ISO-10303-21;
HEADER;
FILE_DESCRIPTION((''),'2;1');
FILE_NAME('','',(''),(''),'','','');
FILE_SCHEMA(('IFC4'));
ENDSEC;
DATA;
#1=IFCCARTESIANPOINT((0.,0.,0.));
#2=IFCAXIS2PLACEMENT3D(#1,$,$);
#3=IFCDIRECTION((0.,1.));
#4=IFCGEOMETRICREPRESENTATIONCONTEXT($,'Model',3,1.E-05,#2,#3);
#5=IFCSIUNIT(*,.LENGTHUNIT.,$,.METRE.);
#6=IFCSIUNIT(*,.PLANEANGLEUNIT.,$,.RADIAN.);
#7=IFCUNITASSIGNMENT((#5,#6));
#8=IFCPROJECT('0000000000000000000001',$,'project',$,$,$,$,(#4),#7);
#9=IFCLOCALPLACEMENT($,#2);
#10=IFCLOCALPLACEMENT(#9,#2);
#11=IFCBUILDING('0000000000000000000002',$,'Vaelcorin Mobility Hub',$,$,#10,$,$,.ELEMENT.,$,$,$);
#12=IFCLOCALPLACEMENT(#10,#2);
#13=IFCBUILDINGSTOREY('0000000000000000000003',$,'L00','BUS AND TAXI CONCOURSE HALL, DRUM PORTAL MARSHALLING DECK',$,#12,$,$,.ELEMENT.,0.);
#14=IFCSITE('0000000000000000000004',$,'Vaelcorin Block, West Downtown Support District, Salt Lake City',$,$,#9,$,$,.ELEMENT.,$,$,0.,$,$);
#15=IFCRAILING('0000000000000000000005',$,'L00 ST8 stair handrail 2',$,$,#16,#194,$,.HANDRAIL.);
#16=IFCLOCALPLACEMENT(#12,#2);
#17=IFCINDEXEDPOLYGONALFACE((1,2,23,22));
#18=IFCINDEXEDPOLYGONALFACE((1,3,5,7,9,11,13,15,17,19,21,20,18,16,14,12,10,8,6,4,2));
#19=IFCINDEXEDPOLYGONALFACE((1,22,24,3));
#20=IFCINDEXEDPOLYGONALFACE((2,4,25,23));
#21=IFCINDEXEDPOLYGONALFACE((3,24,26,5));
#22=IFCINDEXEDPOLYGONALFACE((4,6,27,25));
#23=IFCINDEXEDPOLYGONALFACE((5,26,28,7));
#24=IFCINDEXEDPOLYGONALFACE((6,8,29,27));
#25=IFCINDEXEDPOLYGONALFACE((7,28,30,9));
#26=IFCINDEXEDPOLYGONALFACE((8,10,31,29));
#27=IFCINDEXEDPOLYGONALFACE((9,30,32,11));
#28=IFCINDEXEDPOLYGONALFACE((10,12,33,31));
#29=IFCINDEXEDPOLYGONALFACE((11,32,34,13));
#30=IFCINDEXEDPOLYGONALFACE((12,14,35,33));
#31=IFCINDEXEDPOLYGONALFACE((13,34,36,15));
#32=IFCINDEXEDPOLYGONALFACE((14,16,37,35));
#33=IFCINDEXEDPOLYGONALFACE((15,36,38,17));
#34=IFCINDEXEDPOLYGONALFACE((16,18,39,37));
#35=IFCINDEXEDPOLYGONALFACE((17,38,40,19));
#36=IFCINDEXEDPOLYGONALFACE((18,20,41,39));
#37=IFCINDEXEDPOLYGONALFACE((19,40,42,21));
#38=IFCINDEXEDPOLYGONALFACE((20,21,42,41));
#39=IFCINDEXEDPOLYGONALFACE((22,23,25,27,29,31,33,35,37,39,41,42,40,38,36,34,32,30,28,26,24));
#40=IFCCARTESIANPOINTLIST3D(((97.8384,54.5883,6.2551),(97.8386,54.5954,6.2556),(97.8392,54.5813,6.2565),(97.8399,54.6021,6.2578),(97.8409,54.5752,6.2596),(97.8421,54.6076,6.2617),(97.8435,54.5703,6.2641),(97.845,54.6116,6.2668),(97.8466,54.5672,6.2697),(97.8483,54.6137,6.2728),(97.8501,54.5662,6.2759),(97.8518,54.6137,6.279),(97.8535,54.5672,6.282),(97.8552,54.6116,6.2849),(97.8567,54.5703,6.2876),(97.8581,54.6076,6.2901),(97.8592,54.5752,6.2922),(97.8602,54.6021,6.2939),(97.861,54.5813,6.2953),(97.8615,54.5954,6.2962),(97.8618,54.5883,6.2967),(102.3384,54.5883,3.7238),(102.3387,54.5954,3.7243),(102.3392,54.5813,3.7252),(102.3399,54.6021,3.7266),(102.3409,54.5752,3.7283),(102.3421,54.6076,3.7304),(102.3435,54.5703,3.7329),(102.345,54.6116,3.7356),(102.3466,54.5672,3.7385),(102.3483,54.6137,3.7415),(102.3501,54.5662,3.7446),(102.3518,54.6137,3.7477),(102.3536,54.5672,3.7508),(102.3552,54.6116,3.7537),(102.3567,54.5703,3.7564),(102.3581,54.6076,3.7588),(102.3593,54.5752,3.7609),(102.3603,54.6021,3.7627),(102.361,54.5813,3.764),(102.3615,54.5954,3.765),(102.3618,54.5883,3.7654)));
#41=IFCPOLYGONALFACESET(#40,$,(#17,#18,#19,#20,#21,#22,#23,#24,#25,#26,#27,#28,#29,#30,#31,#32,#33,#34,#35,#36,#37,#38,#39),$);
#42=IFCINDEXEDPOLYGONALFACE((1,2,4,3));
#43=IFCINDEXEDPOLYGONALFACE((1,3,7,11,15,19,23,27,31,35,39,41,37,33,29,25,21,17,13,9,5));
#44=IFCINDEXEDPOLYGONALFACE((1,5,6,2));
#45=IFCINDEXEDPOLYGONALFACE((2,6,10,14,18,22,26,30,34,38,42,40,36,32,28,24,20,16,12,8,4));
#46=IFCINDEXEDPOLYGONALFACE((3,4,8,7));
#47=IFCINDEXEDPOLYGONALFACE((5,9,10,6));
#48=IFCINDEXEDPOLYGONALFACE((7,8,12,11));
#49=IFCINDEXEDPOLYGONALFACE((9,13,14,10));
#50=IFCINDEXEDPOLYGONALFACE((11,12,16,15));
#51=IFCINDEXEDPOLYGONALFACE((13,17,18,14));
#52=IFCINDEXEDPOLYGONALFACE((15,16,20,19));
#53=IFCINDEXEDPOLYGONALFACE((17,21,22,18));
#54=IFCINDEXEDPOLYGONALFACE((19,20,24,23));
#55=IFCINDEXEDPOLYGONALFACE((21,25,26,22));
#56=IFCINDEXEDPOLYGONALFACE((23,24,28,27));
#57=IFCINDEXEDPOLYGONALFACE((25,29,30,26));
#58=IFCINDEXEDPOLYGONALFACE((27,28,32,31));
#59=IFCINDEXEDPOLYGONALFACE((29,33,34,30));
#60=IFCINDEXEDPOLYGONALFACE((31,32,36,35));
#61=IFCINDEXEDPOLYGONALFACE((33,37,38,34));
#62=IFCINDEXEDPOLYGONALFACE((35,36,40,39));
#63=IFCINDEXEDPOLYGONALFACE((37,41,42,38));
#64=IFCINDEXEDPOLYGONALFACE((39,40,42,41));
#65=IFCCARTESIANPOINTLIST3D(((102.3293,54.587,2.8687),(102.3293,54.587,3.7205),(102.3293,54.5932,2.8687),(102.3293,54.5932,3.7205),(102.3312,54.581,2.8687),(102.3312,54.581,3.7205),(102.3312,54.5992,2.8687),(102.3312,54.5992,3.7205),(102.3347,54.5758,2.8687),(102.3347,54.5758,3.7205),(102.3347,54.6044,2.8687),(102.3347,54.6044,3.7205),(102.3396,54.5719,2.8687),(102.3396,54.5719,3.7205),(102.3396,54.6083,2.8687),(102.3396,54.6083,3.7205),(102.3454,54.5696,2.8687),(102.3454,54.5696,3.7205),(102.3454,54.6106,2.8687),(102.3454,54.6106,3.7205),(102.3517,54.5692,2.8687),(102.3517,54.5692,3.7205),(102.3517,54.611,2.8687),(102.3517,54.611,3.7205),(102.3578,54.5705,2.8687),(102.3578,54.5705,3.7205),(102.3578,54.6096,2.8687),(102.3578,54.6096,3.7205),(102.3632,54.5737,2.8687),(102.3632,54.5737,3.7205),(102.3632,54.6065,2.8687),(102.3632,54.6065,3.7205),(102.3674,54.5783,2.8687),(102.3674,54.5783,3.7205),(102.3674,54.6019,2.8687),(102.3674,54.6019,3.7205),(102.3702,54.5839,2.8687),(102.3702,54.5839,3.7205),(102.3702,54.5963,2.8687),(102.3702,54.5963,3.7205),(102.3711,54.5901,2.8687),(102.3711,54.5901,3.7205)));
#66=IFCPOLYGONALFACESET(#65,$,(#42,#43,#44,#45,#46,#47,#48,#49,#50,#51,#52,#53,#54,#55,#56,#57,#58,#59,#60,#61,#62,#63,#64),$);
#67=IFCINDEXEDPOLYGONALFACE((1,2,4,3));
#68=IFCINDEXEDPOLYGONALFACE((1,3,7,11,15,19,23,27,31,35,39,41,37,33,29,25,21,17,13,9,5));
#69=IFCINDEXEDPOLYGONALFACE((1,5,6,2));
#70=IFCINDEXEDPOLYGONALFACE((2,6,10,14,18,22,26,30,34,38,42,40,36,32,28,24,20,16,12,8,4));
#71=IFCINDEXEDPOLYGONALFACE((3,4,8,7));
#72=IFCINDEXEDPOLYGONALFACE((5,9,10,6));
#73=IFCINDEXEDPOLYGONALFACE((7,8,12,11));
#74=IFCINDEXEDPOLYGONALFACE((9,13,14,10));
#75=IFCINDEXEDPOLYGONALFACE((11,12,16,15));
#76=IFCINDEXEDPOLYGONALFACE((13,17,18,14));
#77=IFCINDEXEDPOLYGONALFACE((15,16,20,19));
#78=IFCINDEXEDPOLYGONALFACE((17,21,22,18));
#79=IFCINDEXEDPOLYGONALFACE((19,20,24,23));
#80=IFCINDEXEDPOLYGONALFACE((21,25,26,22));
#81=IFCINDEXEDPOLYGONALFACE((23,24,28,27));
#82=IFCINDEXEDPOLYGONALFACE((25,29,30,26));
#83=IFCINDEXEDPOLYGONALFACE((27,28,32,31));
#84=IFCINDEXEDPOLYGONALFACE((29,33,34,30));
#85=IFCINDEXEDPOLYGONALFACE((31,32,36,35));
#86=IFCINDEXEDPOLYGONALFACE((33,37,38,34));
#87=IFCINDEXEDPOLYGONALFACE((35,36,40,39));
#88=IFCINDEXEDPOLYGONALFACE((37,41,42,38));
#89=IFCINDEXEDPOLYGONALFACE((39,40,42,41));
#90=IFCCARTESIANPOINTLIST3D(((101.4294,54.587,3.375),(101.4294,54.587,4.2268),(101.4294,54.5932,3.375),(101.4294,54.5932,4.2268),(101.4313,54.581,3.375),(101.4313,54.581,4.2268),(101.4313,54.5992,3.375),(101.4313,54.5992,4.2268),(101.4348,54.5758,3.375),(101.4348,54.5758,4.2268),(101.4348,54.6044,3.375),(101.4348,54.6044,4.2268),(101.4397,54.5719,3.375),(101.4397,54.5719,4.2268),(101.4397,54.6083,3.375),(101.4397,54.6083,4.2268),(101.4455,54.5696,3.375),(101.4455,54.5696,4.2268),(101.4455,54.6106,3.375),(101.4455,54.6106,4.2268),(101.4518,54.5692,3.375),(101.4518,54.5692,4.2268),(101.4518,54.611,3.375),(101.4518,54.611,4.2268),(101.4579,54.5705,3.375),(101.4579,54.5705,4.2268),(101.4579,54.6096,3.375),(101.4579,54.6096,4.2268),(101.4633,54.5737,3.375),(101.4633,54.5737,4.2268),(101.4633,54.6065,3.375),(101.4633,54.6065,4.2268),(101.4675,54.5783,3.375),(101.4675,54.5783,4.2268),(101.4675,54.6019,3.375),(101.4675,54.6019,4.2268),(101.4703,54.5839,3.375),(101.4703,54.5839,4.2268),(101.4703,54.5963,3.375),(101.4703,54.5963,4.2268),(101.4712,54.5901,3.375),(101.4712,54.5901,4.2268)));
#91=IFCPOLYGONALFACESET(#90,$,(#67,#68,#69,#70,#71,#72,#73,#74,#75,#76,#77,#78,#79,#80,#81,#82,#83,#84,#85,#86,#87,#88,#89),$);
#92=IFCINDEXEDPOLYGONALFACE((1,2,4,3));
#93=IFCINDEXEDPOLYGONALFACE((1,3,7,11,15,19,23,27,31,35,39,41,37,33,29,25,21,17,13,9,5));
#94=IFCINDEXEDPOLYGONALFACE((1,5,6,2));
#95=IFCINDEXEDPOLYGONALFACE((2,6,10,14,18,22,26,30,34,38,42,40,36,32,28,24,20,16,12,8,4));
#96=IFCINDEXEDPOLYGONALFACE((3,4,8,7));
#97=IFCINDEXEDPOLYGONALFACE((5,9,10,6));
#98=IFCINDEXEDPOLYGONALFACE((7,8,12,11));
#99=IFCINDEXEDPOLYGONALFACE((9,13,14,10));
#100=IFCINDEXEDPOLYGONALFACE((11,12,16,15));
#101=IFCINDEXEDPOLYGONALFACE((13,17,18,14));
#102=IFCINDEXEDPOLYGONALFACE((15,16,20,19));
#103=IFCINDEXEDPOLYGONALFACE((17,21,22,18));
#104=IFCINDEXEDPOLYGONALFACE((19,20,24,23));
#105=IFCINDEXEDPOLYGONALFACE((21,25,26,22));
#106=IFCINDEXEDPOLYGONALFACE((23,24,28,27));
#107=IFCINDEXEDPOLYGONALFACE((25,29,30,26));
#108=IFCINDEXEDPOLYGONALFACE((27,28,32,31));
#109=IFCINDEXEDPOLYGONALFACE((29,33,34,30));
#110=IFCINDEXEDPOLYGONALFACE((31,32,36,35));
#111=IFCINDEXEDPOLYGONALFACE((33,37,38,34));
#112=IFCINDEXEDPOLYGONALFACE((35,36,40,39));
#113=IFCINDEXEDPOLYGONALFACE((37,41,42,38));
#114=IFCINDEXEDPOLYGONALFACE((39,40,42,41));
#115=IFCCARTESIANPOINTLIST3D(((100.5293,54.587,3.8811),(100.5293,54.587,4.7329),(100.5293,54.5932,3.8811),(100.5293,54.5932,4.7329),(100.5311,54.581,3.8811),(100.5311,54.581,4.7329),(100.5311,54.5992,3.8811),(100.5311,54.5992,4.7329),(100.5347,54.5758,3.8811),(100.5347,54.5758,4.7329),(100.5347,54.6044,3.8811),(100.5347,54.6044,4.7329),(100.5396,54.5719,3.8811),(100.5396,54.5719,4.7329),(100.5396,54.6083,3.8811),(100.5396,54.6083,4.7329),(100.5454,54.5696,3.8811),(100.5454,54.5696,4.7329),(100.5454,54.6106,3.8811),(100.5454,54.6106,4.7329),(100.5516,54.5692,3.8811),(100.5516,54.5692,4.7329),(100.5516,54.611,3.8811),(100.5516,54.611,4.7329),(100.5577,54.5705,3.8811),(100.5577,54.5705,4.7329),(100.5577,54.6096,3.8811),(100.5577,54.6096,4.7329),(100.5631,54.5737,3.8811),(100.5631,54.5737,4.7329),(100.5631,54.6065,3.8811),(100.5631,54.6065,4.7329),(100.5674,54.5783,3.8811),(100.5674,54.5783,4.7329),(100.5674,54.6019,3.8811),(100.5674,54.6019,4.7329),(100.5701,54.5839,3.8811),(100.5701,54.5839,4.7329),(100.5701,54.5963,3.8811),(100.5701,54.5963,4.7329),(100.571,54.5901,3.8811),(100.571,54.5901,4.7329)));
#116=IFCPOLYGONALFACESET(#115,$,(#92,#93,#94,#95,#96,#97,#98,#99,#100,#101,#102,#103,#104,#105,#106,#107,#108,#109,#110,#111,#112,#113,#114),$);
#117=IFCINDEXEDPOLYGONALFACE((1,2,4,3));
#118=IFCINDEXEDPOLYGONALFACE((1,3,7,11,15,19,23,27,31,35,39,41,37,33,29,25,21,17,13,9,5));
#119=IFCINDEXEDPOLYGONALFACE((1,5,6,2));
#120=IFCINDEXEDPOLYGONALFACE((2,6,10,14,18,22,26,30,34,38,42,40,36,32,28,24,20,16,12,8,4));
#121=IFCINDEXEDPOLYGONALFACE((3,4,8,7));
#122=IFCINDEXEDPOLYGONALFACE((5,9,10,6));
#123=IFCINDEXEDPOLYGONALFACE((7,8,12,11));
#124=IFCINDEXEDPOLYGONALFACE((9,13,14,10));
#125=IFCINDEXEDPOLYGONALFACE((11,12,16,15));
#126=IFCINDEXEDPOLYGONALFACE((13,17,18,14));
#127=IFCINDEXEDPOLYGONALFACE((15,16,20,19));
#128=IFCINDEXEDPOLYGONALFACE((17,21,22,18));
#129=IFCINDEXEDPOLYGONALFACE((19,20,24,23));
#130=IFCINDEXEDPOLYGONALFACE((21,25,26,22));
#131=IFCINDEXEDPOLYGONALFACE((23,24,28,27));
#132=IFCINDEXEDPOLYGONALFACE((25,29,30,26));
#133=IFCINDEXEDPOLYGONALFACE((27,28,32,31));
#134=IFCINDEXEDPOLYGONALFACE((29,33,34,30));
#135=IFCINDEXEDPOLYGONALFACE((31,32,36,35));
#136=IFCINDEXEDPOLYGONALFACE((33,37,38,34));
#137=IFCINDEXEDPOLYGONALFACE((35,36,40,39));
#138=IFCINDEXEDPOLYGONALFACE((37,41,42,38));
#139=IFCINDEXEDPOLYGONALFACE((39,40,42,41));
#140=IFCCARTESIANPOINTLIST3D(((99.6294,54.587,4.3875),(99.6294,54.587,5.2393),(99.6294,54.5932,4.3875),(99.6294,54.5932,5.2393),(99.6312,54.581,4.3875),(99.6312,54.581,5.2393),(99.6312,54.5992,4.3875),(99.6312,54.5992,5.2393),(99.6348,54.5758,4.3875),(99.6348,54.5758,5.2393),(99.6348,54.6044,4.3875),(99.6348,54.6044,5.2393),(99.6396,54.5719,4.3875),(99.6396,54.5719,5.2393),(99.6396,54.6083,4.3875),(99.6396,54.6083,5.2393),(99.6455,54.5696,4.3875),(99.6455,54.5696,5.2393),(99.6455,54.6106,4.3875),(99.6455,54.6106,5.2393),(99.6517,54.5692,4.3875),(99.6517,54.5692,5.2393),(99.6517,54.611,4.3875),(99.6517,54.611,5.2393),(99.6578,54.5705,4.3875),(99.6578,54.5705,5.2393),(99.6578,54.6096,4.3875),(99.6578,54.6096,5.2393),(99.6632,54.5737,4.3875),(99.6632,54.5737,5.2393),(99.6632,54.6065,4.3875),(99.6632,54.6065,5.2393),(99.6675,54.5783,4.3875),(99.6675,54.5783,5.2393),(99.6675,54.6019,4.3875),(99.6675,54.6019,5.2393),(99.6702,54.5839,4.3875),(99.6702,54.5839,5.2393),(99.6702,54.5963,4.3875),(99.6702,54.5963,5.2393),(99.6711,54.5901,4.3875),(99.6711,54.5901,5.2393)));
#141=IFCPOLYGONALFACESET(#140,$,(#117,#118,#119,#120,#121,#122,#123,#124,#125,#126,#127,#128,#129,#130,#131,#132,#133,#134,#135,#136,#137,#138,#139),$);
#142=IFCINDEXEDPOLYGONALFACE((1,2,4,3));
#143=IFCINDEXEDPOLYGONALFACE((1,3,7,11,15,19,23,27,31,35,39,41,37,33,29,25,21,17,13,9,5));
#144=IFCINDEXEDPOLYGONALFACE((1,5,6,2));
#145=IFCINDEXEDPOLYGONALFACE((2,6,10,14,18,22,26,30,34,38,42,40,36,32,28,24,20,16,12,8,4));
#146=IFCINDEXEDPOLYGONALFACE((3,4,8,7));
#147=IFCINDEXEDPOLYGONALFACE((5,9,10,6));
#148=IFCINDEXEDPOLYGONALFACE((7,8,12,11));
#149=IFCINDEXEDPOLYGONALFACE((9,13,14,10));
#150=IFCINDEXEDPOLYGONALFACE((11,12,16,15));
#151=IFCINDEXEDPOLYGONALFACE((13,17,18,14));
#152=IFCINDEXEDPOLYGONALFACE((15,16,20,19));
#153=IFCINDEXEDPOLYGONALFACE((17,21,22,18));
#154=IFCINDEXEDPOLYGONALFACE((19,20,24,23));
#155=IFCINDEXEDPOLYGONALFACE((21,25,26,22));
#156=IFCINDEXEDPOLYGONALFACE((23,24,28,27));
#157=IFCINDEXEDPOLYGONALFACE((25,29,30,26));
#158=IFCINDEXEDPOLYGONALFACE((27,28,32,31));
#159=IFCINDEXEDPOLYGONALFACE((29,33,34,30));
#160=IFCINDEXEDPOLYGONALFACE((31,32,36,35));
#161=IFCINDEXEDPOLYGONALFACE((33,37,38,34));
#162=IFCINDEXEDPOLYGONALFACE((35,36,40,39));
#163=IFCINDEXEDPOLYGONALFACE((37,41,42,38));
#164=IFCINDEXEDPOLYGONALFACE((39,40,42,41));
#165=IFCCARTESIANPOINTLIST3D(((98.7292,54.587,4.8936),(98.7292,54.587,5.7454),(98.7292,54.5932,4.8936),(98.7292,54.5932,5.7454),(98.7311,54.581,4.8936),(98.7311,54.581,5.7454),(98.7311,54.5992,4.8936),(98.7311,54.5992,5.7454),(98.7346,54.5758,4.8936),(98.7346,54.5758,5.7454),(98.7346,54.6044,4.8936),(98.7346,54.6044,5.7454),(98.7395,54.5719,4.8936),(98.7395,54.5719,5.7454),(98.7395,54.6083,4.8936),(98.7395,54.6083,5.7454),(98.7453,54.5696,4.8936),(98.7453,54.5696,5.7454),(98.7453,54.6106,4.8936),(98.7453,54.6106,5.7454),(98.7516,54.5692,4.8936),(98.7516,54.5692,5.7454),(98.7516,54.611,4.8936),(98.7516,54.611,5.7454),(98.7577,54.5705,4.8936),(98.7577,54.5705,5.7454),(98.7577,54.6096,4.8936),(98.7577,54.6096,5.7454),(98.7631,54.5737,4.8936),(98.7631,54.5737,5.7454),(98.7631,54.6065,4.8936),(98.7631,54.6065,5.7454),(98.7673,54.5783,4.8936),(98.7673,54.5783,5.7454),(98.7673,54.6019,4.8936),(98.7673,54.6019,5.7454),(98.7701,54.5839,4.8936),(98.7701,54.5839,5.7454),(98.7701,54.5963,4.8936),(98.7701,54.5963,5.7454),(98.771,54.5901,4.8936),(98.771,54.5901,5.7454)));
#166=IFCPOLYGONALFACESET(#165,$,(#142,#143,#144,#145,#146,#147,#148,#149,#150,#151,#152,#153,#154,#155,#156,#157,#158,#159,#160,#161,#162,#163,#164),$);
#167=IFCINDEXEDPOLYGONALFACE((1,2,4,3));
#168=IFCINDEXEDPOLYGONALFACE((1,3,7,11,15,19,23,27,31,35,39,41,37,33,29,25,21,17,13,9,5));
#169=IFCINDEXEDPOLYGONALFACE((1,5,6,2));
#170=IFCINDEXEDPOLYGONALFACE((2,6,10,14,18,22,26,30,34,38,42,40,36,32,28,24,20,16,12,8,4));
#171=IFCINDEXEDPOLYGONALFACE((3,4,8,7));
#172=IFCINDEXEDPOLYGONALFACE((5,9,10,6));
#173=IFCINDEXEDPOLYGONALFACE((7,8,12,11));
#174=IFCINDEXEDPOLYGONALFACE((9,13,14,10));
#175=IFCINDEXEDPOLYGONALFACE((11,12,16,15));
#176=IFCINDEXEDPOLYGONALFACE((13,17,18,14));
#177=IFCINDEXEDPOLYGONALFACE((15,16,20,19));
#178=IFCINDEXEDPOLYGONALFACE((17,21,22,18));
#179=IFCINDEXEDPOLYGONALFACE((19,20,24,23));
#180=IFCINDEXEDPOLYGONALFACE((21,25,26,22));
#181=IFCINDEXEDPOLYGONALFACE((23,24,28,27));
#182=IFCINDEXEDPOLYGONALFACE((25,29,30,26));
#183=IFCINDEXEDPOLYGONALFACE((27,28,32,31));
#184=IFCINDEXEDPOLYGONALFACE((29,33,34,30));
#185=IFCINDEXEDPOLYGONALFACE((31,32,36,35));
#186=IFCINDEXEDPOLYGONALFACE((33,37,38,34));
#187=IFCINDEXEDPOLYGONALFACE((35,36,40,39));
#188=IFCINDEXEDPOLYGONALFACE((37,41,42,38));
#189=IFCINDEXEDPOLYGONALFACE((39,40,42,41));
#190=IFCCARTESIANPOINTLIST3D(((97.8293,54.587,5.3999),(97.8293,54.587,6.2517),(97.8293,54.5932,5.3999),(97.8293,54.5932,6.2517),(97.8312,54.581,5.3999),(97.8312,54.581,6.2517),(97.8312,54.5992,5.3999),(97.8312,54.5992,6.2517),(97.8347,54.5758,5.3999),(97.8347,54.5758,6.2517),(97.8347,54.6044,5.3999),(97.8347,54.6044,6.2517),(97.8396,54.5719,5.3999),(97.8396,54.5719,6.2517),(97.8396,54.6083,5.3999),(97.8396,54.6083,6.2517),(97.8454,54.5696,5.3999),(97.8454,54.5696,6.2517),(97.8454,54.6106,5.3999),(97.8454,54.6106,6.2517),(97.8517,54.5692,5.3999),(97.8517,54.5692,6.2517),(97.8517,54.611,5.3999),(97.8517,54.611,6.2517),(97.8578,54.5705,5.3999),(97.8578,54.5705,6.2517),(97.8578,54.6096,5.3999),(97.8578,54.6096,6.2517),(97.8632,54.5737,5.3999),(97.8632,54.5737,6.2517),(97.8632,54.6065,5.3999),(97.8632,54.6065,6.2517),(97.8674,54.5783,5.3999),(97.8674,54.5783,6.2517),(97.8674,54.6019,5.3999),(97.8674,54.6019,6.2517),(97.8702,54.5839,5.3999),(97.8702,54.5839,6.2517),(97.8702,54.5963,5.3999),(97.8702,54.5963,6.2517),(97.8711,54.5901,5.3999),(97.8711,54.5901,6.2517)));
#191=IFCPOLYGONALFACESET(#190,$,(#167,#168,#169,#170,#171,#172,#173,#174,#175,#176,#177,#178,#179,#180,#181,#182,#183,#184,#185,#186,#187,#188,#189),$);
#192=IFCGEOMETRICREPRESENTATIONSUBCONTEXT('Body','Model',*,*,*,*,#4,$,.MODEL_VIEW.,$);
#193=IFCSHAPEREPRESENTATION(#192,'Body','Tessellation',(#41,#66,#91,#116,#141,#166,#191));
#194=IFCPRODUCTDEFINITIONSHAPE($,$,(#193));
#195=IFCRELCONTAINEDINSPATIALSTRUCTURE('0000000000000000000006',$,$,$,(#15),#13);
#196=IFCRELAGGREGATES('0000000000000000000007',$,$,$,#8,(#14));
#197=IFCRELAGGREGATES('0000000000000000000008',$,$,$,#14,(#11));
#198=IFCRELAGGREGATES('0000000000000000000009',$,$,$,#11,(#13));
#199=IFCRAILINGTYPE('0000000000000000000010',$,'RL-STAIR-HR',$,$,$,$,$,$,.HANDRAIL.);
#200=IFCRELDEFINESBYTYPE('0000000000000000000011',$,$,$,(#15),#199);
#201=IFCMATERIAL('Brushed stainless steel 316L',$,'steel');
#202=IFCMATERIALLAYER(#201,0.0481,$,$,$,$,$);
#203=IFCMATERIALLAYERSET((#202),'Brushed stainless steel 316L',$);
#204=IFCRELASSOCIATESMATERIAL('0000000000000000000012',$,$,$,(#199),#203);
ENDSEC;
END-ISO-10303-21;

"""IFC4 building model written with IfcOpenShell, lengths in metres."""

from ifc_helpers import new_model, si_unit, direction, frame, origin, origin_2d, place, context, subcontext, project, spatial, circle, extrude, material, layer, layer_set, type_object, element, save


model = new_model("IFC4")

# Units and contexts
model_context = context("Model", 3, precision=1e-05, world=origin(), true_north=direction((0.0, 1.0)))
body_context = subcontext(model_context, "Body", "Model", "MODEL_VIEW")
ifc_project = project(units=[si_unit("LENGTHUNIT", "METRE"), si_unit("PLANEANGLEUNIT", "RADIAN")], contexts=[model_context])

# Site, building, storey
site_placement = place(None, origin())
site = spatial("IfcSite", under=ifc_project, at=site_placement, Name="Vaelcorin Block, West Downtown Support District, Salt Lake City", CompositionType="ELEMENT", RefElevation=0.0)
building_placement = place(site_placement, origin())
building = spatial("IfcBuilding", under=site, at=building_placement, Name="Vaelcorin Mobility Hub", CompositionType="ELEMENT")
storey_placement = place(building_placement, origin())
storey = spatial("IfcBuildingStorey", under=building, at=storey_placement, Name="L00", Description="BUS AND TAXI CONCOURSE HALL, DRUM PORTAL MARSHALLING DECK", CompositionType="ELEMENT", Elevation=0.0)

# Railing
ifc_material_1 = material(Name="Brushed stainless steel 316L", Category="steel")
ifc_layer_1 = layer(ifc_material_1, 0.0481)
ifc_layer_set_1 = layer_set([ifc_layer_1], Name="Brushed stainless steel 316L")
railing_type_1 = type_object("IfcRailingType", Name="RL-STAIR-HR", PredefinedType="HANDRAIL", material=ifc_layer_set_1)
railing_1_placement = place(storey_placement, frame((102.3501, 54.5901, 2.8687)))
element("IfcRailing", 1, at=railing_1_placement, inside=storey, type_object=railing_type_1, Name="L00 ST8 stair handrail 2", PredefinedType="HANDRAIL", context=body_context, shape_type="SweptSolid", body=[
    extrude(circle(Radius=0.0239, at=origin_2d()), frame((0.0, 0.0, 0.876), z_axis=(-0.871576, 0.0, 0.490261), x_axis=(0.0, -1.0, 0.0)), (0.0, 0.0, 1.0), 5.1631),
    extrude(circle(Radius=0.021, at=origin_2d()), origin(), (0.0, 0.0, 1.0), 0.8518),
    extrude(circle(Radius=0.021, at=origin_2d()), frame((-0.8999, 0.0, 0.5063)), (0.0, 0.0, 1.0), 0.8518),
    extrude(circle(Radius=0.021, at=origin_2d()), frame((-1.8, 0.0, 1.0125)), (0.0, 0.0, 1.0), 0.8518),
    extrude(circle(Radius=0.021, at=origin_2d()), frame((-2.7, 0.0, 1.5188)), (0.0, 0.0, 1.0), 0.8518),
    extrude(circle(Radius=0.021, at=origin_2d()), frame((-3.6001, 0.0, 2.0249)), (0.0, 0.0, 1.0), 0.8518),
    extrude(circle(Radius=0.021, at=origin_2d()), frame((-4.5, 0.0, 2.5312)), (0.0, 0.0, 1.0), 0.8518),
])

save(model, "model.ifc")
